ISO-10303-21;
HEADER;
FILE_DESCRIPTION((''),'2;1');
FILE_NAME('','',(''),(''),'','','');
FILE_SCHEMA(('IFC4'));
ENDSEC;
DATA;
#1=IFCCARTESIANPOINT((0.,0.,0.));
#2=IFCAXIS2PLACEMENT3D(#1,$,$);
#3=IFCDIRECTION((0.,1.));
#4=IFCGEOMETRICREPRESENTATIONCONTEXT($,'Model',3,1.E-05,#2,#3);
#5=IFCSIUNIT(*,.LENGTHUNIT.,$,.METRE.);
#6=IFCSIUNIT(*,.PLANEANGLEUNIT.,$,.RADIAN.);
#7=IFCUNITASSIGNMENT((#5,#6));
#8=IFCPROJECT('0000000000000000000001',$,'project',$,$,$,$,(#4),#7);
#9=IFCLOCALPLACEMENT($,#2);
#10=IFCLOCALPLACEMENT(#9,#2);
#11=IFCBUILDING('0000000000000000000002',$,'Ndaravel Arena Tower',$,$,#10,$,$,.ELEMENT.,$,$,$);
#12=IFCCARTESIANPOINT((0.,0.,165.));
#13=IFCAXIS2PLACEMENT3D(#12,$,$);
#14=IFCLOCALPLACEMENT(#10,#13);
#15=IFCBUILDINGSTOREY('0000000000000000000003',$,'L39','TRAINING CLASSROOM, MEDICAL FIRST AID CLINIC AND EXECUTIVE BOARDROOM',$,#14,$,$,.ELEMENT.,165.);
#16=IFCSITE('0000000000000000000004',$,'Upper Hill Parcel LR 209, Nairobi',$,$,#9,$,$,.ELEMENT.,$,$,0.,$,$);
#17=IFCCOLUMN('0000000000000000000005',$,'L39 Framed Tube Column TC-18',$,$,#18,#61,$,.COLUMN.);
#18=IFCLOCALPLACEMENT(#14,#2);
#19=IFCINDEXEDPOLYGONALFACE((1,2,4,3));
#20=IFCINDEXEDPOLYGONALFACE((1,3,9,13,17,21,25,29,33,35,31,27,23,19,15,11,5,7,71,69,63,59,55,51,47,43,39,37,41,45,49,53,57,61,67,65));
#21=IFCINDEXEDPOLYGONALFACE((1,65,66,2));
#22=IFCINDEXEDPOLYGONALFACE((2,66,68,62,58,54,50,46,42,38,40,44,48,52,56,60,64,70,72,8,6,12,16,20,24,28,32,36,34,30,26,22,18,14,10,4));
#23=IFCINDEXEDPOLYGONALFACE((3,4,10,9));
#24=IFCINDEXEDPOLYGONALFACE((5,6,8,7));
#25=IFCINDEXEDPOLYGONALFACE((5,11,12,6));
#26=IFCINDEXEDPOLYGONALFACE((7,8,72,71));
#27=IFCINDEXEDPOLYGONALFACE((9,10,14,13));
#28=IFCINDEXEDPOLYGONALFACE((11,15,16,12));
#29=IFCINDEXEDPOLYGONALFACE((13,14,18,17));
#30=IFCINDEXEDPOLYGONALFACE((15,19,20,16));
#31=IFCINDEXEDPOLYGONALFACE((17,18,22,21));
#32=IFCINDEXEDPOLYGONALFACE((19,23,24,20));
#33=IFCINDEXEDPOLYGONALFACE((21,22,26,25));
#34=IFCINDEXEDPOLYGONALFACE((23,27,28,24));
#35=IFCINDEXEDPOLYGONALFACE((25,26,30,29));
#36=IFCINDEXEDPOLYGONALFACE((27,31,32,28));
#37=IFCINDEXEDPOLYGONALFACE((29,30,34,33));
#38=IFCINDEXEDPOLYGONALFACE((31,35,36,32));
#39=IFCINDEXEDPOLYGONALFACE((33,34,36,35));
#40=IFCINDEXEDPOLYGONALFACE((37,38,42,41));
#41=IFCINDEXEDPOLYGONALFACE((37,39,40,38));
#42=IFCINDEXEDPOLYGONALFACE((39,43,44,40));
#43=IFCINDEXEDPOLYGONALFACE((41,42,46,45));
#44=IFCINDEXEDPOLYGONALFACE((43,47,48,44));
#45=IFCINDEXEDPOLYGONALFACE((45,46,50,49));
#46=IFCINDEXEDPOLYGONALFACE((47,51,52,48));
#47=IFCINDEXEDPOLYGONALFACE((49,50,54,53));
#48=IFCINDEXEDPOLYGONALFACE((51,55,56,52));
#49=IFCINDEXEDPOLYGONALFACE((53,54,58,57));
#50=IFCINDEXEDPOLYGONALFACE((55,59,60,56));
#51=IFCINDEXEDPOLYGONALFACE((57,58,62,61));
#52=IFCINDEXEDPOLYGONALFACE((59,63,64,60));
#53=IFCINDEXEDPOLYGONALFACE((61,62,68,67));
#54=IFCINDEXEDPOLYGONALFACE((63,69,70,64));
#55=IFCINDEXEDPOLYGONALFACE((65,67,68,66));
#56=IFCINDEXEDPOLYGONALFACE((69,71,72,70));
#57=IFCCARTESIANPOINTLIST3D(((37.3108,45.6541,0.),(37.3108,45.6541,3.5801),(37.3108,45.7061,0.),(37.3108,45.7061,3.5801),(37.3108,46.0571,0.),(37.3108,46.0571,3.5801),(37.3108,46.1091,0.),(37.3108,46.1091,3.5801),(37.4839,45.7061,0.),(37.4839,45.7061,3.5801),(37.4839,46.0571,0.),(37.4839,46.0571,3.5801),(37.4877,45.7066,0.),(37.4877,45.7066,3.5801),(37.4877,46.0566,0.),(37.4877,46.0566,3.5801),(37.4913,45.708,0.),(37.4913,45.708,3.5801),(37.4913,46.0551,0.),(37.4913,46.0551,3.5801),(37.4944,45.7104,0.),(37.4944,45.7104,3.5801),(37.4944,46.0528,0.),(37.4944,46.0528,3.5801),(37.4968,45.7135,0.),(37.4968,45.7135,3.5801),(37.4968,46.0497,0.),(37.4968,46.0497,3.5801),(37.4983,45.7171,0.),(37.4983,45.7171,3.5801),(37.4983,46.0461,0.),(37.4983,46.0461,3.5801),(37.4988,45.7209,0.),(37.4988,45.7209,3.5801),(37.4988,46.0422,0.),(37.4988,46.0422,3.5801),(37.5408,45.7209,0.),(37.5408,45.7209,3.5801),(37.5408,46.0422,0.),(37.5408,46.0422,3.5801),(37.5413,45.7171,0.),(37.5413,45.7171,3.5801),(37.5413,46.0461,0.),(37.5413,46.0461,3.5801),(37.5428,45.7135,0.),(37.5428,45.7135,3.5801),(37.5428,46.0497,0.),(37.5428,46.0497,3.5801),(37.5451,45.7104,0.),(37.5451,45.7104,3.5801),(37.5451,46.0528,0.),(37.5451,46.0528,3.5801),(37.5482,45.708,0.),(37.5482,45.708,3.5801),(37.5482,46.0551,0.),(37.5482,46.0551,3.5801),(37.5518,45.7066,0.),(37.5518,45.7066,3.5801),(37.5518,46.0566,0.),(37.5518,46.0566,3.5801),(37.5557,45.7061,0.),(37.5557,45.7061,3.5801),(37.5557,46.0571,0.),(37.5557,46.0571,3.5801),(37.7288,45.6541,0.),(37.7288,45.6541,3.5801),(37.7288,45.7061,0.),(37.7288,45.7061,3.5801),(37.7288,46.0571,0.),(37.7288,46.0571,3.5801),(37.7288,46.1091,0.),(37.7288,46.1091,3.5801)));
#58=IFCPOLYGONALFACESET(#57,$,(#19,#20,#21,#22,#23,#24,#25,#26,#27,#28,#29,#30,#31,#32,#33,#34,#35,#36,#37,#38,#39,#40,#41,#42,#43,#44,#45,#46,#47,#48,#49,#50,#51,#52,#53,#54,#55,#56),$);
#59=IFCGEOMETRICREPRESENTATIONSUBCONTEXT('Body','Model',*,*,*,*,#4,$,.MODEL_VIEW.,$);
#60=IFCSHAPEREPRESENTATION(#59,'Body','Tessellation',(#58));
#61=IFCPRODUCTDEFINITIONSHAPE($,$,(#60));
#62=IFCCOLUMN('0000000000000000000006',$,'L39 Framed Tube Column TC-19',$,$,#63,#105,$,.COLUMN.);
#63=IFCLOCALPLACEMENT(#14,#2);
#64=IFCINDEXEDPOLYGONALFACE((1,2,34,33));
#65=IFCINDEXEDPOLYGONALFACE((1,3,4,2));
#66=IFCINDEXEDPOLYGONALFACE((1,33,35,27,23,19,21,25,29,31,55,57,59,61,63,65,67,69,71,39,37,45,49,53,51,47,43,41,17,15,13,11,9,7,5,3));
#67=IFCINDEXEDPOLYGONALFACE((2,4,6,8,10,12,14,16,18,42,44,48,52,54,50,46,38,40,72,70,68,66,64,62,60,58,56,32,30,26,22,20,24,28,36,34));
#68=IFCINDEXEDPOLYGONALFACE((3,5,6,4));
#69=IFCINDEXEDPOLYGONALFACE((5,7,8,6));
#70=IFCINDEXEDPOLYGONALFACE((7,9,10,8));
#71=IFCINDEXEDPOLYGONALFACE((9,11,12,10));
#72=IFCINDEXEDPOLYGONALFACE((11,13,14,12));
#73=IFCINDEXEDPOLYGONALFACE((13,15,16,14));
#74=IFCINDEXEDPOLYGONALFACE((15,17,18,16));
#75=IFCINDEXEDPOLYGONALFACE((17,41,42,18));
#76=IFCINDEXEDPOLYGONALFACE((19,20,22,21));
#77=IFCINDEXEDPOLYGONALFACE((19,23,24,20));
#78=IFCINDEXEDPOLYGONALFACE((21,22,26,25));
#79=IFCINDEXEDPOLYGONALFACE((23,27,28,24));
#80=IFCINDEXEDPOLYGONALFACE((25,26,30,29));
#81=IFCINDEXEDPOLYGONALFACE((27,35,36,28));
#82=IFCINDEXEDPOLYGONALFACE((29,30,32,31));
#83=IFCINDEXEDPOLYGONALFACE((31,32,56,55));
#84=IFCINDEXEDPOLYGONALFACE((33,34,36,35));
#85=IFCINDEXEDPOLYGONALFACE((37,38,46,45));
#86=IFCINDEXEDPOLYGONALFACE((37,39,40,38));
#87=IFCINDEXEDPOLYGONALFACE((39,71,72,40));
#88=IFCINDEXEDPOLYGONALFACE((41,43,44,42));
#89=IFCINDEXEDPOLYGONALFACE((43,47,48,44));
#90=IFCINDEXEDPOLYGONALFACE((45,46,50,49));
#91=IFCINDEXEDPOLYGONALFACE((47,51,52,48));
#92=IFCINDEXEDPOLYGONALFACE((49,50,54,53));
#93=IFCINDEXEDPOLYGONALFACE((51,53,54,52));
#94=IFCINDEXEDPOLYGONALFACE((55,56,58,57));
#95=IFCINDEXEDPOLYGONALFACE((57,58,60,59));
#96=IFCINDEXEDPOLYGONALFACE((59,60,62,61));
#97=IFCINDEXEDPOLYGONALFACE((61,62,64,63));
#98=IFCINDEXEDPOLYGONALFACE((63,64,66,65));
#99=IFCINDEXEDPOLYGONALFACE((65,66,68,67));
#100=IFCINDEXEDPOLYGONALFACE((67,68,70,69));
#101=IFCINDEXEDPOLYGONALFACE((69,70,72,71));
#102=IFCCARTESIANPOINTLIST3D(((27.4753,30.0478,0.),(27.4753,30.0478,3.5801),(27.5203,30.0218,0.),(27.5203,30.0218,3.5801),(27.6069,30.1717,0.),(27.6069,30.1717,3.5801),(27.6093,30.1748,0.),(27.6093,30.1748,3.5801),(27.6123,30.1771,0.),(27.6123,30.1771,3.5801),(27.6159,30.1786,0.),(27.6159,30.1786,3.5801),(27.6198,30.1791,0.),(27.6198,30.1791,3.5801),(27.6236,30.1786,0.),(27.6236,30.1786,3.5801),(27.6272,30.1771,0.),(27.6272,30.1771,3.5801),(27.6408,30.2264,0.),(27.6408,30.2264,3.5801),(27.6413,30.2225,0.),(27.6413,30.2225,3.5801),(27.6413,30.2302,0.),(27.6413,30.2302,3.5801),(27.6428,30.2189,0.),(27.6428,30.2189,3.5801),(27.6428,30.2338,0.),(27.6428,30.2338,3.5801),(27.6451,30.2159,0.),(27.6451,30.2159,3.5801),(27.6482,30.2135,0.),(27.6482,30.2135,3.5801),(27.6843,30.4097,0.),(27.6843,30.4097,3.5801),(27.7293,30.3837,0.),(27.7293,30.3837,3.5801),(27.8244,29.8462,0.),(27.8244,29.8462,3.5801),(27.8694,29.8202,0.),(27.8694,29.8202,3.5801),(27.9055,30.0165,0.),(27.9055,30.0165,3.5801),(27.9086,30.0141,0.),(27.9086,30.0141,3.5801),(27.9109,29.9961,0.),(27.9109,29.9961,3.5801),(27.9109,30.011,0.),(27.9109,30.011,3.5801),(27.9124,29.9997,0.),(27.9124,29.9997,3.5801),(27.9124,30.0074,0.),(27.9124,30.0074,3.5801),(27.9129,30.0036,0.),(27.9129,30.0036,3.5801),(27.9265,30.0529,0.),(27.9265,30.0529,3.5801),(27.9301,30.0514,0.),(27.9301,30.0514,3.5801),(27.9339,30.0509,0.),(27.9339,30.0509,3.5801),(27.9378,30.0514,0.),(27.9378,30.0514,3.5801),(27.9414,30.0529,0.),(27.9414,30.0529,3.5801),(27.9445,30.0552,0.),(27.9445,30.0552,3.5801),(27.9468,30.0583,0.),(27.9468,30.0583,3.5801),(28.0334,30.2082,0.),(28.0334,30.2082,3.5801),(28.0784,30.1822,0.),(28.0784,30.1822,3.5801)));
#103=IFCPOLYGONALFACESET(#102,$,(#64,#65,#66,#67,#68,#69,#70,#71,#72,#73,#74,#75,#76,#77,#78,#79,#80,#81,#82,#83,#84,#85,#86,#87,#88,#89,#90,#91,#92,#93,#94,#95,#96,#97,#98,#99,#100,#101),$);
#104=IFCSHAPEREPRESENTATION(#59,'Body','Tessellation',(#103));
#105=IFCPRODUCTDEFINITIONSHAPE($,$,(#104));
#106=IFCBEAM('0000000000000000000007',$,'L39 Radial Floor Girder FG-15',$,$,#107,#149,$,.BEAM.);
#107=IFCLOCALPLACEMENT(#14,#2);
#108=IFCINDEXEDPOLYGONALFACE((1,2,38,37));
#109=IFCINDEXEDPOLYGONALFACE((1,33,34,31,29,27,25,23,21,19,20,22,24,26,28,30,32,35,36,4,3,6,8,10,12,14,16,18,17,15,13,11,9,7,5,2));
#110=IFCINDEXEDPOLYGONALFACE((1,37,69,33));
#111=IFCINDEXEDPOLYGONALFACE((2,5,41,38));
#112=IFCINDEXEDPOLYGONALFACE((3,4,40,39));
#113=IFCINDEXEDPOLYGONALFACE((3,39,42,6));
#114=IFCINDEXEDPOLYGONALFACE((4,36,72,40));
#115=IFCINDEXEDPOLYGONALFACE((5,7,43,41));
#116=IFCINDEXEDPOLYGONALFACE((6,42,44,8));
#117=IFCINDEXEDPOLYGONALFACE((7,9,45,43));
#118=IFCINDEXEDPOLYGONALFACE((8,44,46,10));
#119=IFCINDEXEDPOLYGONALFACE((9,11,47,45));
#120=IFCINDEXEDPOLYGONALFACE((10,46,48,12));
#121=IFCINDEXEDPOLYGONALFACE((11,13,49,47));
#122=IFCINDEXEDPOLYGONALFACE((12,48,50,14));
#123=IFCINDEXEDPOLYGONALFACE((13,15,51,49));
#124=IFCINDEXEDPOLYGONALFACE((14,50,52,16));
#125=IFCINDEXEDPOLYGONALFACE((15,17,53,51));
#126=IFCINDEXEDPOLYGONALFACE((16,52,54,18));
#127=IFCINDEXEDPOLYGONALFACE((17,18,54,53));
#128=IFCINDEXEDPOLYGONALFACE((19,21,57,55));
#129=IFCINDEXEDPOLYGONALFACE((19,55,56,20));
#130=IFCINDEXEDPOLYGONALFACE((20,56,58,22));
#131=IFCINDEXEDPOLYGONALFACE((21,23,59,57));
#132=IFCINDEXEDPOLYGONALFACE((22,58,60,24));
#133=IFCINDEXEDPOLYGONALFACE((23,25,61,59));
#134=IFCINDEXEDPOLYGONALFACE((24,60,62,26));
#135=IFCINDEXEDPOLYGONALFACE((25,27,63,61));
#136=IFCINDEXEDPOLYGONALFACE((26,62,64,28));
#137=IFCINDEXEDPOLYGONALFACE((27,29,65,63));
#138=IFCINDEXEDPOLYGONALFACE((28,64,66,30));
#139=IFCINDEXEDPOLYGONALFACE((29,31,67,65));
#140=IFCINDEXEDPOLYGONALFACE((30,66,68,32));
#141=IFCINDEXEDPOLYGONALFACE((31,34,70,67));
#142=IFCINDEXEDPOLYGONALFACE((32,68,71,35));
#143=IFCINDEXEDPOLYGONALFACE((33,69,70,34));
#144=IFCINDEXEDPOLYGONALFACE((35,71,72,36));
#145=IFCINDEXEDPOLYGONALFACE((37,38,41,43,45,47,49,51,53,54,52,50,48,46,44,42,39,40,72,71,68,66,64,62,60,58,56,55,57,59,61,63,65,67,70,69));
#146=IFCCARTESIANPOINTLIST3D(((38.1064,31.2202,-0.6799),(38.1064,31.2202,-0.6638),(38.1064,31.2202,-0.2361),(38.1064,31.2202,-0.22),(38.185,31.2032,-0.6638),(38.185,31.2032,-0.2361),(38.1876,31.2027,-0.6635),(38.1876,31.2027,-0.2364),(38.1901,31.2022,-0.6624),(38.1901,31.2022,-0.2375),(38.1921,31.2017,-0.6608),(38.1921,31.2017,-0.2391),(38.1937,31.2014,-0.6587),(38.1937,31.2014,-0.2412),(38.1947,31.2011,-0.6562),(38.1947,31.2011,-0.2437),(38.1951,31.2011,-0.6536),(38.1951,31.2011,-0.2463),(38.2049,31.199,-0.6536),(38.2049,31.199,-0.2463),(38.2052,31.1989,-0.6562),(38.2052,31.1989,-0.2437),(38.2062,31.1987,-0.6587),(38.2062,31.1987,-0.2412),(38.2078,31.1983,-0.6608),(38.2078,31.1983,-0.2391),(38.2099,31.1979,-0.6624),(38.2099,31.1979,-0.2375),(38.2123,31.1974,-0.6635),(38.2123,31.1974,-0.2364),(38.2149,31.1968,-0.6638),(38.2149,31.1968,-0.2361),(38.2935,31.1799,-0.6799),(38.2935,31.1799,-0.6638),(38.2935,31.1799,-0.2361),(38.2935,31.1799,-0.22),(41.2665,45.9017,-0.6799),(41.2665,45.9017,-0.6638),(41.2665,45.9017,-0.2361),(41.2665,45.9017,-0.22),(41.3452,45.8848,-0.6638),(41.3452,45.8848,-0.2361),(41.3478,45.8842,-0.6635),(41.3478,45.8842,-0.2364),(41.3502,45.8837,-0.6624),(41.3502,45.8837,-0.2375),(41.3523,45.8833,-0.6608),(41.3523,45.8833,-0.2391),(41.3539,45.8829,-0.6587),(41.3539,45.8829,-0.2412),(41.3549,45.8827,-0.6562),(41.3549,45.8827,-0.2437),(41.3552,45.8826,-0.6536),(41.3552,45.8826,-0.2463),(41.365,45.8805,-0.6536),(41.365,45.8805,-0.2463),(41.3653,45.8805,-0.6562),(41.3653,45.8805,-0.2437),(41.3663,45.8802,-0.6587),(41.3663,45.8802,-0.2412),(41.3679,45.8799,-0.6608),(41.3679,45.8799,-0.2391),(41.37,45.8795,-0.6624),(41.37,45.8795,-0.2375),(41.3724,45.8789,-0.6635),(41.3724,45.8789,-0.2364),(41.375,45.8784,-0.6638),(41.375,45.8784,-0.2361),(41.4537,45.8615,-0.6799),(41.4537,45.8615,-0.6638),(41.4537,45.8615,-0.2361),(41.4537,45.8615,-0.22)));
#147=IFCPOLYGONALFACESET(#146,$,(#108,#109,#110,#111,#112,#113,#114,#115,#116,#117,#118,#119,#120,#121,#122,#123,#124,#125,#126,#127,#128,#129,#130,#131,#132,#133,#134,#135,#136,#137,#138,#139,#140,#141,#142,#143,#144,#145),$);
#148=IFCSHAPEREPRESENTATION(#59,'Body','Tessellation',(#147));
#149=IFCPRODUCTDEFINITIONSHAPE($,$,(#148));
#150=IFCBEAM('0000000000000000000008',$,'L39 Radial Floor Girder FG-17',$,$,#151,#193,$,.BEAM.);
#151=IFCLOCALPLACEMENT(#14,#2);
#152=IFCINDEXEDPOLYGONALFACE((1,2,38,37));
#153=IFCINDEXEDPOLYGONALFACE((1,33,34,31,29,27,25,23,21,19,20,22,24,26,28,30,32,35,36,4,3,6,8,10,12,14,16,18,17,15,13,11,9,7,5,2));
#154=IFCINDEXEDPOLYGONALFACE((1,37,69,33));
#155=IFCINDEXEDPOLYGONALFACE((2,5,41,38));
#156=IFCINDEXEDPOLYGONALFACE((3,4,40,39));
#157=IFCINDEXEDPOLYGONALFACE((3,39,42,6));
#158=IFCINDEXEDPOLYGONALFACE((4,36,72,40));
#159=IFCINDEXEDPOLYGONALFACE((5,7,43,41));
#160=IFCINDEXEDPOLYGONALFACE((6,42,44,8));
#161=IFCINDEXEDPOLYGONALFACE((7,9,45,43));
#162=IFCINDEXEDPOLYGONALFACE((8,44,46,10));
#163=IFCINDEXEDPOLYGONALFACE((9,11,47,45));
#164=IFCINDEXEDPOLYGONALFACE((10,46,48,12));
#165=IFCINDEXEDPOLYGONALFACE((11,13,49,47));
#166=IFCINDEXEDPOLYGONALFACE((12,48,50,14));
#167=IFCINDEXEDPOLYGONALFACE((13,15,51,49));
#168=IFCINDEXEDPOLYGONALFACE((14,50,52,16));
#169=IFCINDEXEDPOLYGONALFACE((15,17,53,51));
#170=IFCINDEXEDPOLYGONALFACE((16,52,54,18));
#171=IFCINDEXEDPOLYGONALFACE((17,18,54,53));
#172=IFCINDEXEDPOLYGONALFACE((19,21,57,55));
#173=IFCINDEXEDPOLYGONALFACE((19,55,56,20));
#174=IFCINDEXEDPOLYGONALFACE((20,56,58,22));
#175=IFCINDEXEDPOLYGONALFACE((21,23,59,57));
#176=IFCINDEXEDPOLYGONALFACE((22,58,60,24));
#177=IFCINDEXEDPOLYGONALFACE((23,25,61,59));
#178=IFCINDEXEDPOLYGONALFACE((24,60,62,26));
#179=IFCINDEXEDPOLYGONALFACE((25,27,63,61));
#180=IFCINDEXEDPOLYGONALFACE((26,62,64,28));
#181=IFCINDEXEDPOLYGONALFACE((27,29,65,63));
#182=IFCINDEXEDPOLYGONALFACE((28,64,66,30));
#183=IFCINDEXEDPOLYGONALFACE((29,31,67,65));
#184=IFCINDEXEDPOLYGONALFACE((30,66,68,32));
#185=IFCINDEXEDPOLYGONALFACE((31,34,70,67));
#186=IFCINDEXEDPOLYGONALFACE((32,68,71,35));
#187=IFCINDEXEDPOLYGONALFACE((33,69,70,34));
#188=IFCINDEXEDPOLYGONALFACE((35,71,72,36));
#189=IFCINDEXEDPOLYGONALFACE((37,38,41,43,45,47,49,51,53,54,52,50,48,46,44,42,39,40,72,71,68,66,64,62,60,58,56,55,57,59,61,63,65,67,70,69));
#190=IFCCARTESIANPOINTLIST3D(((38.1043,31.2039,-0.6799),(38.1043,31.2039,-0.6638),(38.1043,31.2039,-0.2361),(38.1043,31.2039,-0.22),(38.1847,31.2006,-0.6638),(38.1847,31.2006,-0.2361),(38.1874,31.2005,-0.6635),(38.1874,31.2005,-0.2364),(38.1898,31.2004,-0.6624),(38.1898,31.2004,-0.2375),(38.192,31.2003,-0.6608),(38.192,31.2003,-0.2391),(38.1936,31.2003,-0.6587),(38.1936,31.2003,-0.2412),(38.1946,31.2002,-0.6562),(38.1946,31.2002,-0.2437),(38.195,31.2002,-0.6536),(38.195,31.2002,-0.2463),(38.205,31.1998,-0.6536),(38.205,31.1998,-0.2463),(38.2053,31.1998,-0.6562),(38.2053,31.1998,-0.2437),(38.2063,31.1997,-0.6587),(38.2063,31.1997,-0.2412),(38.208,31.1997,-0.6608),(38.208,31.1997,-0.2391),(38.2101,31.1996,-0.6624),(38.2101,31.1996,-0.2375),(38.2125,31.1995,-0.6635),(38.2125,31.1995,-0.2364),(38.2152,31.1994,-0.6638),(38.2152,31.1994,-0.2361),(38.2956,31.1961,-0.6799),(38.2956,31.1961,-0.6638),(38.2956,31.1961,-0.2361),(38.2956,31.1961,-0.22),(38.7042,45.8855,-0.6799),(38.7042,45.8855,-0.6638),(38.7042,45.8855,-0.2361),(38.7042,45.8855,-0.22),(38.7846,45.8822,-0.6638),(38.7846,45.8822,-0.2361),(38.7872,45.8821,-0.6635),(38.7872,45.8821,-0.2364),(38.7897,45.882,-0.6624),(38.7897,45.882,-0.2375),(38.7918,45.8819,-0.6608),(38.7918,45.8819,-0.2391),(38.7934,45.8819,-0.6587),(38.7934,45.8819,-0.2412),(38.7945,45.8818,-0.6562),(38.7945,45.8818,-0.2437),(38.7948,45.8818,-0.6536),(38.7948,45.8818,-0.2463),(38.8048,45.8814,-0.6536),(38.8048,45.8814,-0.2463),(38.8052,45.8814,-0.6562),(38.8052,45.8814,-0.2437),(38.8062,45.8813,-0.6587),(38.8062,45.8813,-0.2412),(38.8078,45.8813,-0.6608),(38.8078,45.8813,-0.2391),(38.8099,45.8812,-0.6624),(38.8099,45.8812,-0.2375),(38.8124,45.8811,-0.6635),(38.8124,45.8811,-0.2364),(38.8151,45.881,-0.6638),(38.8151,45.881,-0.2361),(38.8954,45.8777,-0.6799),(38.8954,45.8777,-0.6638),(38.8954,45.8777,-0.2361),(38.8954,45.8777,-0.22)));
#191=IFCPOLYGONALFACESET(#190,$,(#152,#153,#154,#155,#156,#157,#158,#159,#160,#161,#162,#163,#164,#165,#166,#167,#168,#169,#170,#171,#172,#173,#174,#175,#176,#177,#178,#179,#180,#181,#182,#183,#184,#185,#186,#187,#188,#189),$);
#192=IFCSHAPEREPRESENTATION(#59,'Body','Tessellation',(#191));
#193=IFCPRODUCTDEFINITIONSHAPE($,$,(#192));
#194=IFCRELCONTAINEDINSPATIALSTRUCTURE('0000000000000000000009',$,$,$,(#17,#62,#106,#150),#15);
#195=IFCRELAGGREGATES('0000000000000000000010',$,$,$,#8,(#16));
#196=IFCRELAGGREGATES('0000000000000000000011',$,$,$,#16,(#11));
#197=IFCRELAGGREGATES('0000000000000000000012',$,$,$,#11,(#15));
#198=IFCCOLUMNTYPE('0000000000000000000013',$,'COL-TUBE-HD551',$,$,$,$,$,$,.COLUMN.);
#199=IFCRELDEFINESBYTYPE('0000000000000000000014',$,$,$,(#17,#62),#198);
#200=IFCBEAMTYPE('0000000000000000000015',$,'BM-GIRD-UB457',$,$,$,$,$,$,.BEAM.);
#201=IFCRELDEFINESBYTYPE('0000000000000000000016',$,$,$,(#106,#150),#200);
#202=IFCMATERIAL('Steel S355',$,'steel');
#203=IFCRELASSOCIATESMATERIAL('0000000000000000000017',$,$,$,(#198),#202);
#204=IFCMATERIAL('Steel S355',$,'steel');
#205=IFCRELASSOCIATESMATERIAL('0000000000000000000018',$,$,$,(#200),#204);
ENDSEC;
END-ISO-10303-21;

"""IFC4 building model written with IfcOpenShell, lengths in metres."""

from ifc_helpers import new_model, si_unit, direction, frame, origin, origin_2d, place, context, subcontext, project, spatial, i_section, extrude, material, material_profile, profile_set, type_object, element, save


model = new_model("IFC4")

# Units and contexts
model_context = context("Model", 3, precision=1e-05, world=origin(), true_north=direction((0.0, 1.0)))
body_context = subcontext(model_context, "Body", "Model", "MODEL_VIEW")
ifc_project = project(units=[si_unit("LENGTHUNIT", "METRE"), si_unit("PLANEANGLEUNIT", "RADIAN")], contexts=[model_context])

# Site, building, storey
site_placement = place(None, origin())
site = spatial("IfcSite", under=ifc_project, at=site_placement, Name="Upper Hill Parcel LR 209, Nairobi", CompositionType="ELEMENT", RefElevation=0.0)
building_placement = place(site_placement, origin())
building = spatial("IfcBuilding", under=site, at=building_placement, Name="Ndaravel Arena Tower", CompositionType="ELEMENT")
storey_placement = place(building_placement, frame((0.0, 0.0, 165.0)))
storey = spatial("IfcBuildingStorey", under=building, at=storey_placement, Name="L39", Description="TRAINING CLASSROOM, MEDICAL FIRST AID CLINIC AND EXECUTIVE BOARDROOM", CompositionType="ELEMENT", Elevation=165.0)

# Columns
ifc_material_1 = material(Name="Steel S355", Category="steel")
ifc_material_profile_1 = material_profile(ifc_material_1, i_section(OverallWidth=0.418, OverallDepth=0.4551, WebThickness=0.042, FlangeThickness=0.052, FilletRadius=0.0149, at=origin_2d()), Name="HD 400x551")
ifc_profile_set_1 = profile_set([ifc_material_profile_1], Name="Steel S355")
column_type_1 = type_object("IfcColumnType", Name="COL-TUBE-HD551", PredefinedType="COLUMN", material=ifc_profile_set_1)
for number, where, z_axis, x_axis, name in (
    (1, (37.5198, 45.8816, 0.0), (0.0, 0.0, 1.0), (1.0, 0.0, 0.0), "L39 Framed Tube Column TC-18"),
    (2, (27.7769, 30.115, 0.0), (0.0, 0.0, 1.0), (0.5, 0.866025, 0.0), "L39 Framed Tube Column TC-19"),
):
    element("IfcColumn", number, at=place(storey_placement, frame(where, z_axis=z_axis, x_axis=x_axis)), inside=storey, type_object=column_type_1, Name=name, PredefinedType="COLUMN", context=body_context, shape_type="SweptSolid", body=[
        extrude(i_section(OverallWidth=0.418, OverallDepth=0.4551, WebThickness=0.042, FlangeThickness=0.052, FilletRadius=0.0149, at=origin_2d()), origin(), (0.0, 0.0, 1.0), 3.5801),
    ])

# Beams
ifc_material_2 = material(Name="Steel S355", Category="steel")
ifc_material_profile_2 = material_profile(ifc_material_2, i_section(OverallWidth=0.1914, OverallDepth=0.46, WebThickness=0.01, FlangeThickness=0.0161, FilletRadius=0.0103, at=origin_2d()), Name="UB 457x191x82")
ifc_profile_set_2 = profile_set([ifc_material_profile_2], Name="Steel S355")
beam_type_1 = type_object("IfcBeamType", Name="BM-GIRD-UB457", PredefinedType="BEAM", material=ifc_profile_set_2)
beam_1_placement = place(storey_placement, frame((41.3601, 45.8816, -0.45), z_axis=(-0.210426, -0.97761, 0.0), x_axis=(0.97761, -0.210426, 0.0)))
element("IfcBeam", 3, at=beam_1_placement, inside=storey, type_object=beam_type_1, Name="L39 Radial Floor Girder FG-15", PredefinedType="BEAM", context=body_context, shape_type="SweptSolid", body=[
    extrude(i_section(OverallWidth=0.1914, OverallDepth=0.46, WebThickness=0.01, FlangeThickness=0.0161, FilletRadius=0.0103, at=origin_2d()), origin(), (0.0, 0.0, 1.0), 15.0178),
])
beam_2_placement = place(storey_placement, frame((38.7998, 45.8816, -0.45), z_axis=(-0.040823, -0.999166, 0.0), x_axis=(0.999166, -0.040823, 0.0)))
element("IfcBeam", 4, at=beam_2_placement, inside=storey, type_object=beam_type_1, Name="L39 Radial Floor Girder FG-17", PredefinedType="BEAM", context=body_context, shape_type="SweptSolid", body=[
    extrude(i_section(OverallWidth=0.1914, OverallDepth=0.46, WebThickness=0.01, FlangeThickness=0.0161, FilletRadius=0.0103, at=origin_2d()), origin(), (0.0, 0.0, 1.0), 14.6938),
])

save(model, "model.ifc")
